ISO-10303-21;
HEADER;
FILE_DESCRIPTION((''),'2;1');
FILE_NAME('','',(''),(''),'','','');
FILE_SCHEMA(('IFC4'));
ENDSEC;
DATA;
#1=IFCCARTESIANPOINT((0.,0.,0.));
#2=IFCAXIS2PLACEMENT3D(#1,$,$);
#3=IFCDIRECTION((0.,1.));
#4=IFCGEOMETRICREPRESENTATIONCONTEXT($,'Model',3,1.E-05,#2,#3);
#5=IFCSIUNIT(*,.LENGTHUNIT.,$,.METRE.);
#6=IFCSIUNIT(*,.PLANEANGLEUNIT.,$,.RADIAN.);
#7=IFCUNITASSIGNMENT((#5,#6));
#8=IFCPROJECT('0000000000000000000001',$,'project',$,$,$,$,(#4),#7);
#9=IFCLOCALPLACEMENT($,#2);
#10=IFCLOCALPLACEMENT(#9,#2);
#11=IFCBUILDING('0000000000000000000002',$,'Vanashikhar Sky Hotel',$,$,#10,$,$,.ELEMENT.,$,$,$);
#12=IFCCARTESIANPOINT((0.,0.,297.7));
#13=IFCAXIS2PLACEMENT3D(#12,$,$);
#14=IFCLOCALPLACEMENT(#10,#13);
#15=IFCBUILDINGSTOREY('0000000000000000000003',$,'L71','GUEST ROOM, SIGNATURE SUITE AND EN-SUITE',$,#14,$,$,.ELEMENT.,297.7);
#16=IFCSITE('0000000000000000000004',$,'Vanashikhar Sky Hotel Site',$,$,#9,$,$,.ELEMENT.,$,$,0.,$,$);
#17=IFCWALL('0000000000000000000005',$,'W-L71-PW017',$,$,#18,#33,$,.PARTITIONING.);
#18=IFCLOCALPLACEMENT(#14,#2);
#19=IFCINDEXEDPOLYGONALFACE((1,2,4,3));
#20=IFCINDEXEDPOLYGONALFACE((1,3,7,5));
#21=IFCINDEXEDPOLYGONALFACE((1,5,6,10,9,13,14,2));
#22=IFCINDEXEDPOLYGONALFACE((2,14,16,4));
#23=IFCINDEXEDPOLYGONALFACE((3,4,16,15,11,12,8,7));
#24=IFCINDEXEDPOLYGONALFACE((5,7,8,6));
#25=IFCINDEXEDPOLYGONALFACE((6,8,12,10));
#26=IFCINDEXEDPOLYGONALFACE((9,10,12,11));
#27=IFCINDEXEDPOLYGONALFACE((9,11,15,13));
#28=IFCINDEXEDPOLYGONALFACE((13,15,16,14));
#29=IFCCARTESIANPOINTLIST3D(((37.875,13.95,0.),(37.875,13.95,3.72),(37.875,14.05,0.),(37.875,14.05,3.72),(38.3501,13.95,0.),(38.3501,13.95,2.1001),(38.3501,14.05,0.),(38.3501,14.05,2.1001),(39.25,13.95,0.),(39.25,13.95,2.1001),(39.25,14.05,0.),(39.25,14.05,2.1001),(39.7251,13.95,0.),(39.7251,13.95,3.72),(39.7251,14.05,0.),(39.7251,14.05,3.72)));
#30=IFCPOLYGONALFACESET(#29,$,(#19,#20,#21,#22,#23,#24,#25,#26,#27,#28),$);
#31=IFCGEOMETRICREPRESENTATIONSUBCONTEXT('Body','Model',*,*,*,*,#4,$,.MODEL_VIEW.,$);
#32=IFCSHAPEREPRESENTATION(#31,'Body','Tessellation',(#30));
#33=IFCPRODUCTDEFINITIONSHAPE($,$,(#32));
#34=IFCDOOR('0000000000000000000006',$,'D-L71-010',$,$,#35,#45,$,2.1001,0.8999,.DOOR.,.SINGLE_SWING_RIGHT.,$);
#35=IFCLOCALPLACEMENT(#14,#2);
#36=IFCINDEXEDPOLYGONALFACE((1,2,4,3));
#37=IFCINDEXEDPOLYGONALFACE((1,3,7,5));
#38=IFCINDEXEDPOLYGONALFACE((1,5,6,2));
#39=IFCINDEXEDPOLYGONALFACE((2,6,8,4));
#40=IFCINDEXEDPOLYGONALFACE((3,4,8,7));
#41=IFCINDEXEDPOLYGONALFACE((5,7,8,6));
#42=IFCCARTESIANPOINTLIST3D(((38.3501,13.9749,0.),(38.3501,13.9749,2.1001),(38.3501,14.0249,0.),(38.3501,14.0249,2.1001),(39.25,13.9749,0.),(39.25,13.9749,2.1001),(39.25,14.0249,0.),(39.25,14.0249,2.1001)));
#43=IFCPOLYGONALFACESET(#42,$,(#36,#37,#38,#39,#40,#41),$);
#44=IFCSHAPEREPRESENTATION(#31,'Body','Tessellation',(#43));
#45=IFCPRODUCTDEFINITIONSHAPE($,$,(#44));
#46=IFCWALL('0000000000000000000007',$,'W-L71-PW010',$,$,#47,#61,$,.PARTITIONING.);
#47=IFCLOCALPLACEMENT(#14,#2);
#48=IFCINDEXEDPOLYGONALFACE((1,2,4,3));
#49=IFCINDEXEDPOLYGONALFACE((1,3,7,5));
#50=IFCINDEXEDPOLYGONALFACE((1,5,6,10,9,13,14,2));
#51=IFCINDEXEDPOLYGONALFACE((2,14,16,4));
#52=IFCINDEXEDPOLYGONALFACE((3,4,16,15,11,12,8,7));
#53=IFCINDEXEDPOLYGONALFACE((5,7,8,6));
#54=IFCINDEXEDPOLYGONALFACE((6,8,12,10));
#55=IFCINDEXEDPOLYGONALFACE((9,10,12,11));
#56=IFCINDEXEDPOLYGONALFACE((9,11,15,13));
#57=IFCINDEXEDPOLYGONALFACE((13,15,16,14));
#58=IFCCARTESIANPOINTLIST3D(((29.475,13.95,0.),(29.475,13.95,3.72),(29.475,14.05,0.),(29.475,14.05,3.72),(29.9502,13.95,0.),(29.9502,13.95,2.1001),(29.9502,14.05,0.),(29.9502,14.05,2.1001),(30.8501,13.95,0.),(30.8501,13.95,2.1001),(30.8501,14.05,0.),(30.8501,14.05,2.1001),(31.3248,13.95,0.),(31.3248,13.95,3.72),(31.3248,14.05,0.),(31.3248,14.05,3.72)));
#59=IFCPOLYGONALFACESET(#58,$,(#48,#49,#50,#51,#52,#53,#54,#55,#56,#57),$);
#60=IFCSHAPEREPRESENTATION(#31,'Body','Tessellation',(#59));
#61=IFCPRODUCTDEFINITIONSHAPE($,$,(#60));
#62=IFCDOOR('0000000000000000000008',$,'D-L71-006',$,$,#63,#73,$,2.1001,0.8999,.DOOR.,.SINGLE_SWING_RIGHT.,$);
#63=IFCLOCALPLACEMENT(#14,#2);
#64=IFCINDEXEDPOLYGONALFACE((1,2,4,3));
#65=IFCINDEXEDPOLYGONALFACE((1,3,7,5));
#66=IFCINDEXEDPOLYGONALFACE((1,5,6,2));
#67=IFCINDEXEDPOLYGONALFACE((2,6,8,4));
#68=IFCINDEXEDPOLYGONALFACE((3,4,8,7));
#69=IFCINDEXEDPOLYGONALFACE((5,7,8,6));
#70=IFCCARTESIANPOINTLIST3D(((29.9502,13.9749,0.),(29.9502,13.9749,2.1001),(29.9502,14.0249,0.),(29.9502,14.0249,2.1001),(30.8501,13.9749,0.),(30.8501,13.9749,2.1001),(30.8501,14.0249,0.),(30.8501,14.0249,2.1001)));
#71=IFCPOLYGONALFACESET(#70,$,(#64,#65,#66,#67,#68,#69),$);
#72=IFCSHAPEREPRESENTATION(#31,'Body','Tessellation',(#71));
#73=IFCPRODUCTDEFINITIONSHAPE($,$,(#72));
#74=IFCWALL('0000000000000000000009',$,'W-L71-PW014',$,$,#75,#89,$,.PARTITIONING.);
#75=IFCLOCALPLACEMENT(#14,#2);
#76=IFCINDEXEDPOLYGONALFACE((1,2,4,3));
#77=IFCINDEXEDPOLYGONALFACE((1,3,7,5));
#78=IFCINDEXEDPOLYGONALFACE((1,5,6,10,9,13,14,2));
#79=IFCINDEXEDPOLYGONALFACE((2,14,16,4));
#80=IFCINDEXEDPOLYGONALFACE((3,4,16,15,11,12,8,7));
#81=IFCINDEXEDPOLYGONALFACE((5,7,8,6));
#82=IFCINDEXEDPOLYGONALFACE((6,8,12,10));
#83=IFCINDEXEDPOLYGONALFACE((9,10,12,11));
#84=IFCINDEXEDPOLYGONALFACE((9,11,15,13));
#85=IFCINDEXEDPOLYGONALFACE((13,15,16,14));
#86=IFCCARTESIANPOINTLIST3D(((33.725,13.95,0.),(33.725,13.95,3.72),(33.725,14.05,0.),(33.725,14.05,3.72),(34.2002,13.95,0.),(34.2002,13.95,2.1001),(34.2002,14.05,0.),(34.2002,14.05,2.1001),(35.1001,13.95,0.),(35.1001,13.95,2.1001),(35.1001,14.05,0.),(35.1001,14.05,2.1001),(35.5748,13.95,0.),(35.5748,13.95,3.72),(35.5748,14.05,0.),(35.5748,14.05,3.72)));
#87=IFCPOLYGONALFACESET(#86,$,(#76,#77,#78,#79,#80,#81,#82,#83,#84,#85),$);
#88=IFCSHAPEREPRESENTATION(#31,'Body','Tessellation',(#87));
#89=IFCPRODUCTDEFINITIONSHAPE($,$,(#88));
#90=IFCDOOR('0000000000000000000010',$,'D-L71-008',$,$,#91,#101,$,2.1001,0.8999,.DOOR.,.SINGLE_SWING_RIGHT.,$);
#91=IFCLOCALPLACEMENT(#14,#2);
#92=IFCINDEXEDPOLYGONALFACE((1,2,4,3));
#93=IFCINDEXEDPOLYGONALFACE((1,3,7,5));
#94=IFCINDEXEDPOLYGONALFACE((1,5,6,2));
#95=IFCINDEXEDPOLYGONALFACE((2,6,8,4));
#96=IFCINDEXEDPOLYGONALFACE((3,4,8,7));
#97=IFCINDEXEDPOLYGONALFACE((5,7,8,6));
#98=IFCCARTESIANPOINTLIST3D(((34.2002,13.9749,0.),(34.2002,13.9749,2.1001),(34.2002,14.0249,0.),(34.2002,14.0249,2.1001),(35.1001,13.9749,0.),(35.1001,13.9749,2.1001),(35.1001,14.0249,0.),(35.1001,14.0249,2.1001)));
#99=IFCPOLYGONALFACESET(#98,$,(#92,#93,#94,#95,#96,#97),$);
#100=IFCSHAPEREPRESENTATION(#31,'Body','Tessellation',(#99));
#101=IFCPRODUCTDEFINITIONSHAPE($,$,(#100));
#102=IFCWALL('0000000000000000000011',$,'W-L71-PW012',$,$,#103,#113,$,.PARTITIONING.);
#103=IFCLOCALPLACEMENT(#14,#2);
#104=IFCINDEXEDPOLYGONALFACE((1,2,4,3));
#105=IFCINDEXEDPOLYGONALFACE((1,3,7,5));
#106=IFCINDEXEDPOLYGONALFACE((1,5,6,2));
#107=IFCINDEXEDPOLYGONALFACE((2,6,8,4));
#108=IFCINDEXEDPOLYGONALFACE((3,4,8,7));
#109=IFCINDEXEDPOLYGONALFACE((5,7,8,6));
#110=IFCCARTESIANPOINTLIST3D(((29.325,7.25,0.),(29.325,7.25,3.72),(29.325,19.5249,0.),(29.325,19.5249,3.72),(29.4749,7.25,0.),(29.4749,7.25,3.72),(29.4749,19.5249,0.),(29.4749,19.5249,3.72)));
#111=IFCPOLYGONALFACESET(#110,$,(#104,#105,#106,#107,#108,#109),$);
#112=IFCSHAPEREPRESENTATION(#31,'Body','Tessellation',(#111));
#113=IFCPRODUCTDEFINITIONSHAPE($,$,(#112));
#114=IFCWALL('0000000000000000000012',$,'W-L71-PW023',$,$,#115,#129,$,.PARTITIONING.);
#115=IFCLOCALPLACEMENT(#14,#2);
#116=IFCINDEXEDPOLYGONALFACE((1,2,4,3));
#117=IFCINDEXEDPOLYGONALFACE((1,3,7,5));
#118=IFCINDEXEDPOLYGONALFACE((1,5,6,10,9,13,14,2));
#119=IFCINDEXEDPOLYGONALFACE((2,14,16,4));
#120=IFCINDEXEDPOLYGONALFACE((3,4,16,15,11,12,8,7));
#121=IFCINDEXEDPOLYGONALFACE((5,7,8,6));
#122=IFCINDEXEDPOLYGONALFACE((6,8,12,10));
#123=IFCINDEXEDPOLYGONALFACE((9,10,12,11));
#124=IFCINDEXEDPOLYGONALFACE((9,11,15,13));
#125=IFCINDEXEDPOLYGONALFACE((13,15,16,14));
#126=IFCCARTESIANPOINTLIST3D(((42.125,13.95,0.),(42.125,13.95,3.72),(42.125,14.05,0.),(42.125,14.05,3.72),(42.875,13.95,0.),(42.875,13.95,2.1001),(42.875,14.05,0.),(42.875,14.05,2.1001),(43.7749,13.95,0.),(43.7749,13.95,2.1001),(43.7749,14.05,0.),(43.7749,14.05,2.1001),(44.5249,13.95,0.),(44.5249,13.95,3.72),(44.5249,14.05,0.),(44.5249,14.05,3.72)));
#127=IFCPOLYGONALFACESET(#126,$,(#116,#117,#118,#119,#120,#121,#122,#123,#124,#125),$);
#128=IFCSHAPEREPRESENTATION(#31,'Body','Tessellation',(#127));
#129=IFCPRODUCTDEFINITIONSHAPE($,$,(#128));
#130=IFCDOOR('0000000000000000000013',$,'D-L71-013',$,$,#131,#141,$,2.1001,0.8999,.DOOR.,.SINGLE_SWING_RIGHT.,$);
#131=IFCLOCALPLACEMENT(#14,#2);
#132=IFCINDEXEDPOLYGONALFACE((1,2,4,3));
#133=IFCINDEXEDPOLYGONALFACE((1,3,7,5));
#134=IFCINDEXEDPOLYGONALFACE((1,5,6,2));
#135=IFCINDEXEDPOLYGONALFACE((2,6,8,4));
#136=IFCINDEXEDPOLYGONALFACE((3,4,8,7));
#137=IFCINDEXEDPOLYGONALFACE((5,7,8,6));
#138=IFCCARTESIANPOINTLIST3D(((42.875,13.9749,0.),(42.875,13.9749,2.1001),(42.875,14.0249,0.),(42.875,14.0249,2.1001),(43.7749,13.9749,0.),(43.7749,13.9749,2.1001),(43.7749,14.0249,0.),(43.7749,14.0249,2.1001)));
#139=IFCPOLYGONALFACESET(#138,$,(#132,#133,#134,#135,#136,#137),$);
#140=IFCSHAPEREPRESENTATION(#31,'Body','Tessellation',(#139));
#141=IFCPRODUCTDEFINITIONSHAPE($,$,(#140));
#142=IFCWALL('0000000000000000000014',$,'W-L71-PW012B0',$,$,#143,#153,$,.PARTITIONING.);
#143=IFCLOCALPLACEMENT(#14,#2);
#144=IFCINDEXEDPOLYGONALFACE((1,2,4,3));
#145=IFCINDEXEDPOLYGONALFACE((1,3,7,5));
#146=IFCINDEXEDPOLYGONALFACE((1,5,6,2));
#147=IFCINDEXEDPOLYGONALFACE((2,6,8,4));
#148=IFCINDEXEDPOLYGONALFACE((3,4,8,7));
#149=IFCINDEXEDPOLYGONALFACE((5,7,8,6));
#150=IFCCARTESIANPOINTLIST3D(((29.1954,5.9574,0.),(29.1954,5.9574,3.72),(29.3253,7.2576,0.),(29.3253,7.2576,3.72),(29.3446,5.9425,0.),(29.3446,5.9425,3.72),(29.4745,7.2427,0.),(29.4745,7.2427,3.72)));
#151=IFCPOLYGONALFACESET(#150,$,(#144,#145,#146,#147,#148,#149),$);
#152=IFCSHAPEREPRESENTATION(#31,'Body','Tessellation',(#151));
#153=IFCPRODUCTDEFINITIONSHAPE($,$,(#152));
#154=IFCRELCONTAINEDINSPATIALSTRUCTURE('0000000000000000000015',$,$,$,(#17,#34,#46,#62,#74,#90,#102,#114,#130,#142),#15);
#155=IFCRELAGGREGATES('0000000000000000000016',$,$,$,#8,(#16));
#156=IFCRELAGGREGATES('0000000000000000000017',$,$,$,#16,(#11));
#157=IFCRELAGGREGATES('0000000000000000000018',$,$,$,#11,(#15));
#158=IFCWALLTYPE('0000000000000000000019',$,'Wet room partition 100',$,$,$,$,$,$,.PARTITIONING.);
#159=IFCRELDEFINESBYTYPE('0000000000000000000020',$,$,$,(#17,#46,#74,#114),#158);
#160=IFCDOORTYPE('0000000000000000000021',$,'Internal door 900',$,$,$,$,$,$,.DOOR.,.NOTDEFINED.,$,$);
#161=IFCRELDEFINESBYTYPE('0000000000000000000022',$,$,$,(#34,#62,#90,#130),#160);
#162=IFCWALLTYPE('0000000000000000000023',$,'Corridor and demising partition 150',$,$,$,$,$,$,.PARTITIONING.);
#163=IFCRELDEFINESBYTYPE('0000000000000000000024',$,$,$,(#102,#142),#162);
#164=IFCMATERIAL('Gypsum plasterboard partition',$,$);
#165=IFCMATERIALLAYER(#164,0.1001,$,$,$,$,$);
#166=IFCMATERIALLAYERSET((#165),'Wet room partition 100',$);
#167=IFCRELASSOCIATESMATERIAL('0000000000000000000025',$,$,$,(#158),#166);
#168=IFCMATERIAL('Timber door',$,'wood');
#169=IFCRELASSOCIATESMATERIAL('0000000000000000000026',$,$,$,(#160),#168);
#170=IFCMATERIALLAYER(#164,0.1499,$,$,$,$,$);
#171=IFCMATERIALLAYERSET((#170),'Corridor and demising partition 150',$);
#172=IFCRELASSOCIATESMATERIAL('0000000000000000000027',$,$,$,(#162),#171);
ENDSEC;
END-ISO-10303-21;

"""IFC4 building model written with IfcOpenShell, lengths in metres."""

from ifc_helpers import new_model, si_unit, direction, frame, frame_2d, origin, place, context, subcontext, project, spatial, rectangle, extrude, source, transform, mapped, material, layer, layer_set, type_object, element, fill, save


model = new_model("IFC4")

# Units and contexts
model_context = context("Model", 3, precision=1e-05, world=origin(), true_north=direction((0.0, 1.0)))
body_context = subcontext(model_context, "Body", "Model", "MODEL_VIEW")
ifc_project = project(units=[si_unit("LENGTHUNIT", "METRE"), si_unit("PLANEANGLEUNIT", "RADIAN")], contexts=[model_context])

# Site, building, storey
site_placement = place(None, origin())
site = spatial("IfcSite", under=ifc_project, at=site_placement, Name="Vanashikhar Sky Hotel Site", CompositionType="ELEMENT", RefElevation=0.0)
building_placement = place(site_placement, origin())
building = spatial("IfcBuilding", under=site, at=building_placement, Name="Vanashikhar Sky Hotel", CompositionType="ELEMENT")
storey_placement = place(building_placement, frame((0.0, 0.0, 297.7)))
storey = spatial("IfcBuildingStorey", under=building, at=storey_placement, Name="L71", Description="GUEST ROOM, SIGNATURE SUITE AND EN-SUITE", CompositionType="ELEMENT", Elevation=297.7)

# Shared definitions
ifc_material_1 = material(Name="Gypsum plasterboard partition")
ifc_layer_1 = layer(ifc_material_1, 0.1001)
ifc_layer_set_1 = layer_set([ifc_layer_1], Name="Wet room partition 100")
wall_type_1 = type_object("IfcWallType", Name="Wet room partition 100", PredefinedType="PARTITIONING", material=ifc_layer_set_1)

# Walls, openings, doors
shared_shape_1 = source(origin(), body_context, "Body", "SweptSolid", [
    extrude(rectangle(XDim=1.8501, YDim=0.1001, at=frame_2d((0.925, 0.0))), origin(), (0.0, 0.0, 1.0), 3.72),
])
shared_shape_2 = source(origin(), body_context, "Body", "SweptSolid", [
    extrude(rectangle(XDim=0.8999, YDim=2.1001, at=frame_2d((0.45, 1.05))), frame((0.0, 0.0601, 0.0), z_axis=(0.0, -1.0, 0.0), x_axis=(1.0, 0.0, 0.0)), (0.0, 0.0, 1.0), 0.1201),
])
ifc_material_2 = material(Name="Timber door", Category="wood")
door_type_1 = type_object("IfcDoorType", Name="Internal door 900", OperationType="NOTDEFINED", PredefinedType="DOOR", material=ifc_material_2)
shared_shape_3 = source(origin(), body_context, "Body", "SweptSolid", [
    extrude(rectangle(XDim=0.8999, YDim=2.1001, at=frame_2d((0.45, 1.05))), frame((0.0, 0.0249, 0.0), z_axis=(0.0, -1.0, 0.0), x_axis=(1.0, 0.0, 0.0)), (0.0, 0.0, 1.0), 0.05),
])
wall_1_placement = place(storey_placement, frame((37.875, 14.0, 0.0), z_axis=(0.0, 0.0, 1.0), x_axis=(1.0, 0.0, 0.0)))
wall_1 = element("IfcWall", 1, at=wall_1_placement, inside=storey, type_object=wall_type_1, Name="W-L71-PW017", PredefinedType="PARTITIONING", context=body_context, shape_type="MappedRepresentation", body=[
    mapped(shared_shape_1, transform((0.0, 0.0, 0.0), scale=1.0)),
])
opening_1_placement = place(wall_1_placement, frame((0.4751, 0.0, 0.0)))
opening_1 = element("IfcOpeningElement", 2, at=opening_1_placement, cuts=wall_1, PredefinedType="OPENING", context=body_context, shape_type="MappedRepresentation", body=[
    mapped(shared_shape_2, transform((0.0, 0.0, 0.0), scale=1.0)),
])
door_1_placement = place(opening_1_placement, origin())
door_1 = element("IfcDoor", 3, at=door_1_placement, inside=storey, type_object=door_type_1, Name="D-L71-010", OperationType="SINGLE_SWING_RIGHT", OverallHeight=2.1001, OverallWidth=0.8999, PredefinedType="DOOR", context=body_context, shape_type="MappedRepresentation", body=[
    mapped(shared_shape_3, transform((0.0, 0.0, 0.0), scale=1.0)),
])
fill(opening_1, door_1)
shared_shape_4 = source(origin(), body_context, "Body", "SweptSolid", [
    extrude(rectangle(XDim=1.8499, YDim=0.1001, at=frame_2d((0.9248, 0.0))), origin(), (0.0, 0.0, 1.0), 3.72),
])
wall_2_placement = place(storey_placement, frame((29.4751, 14.0, 0.0), z_axis=(0.0, 0.0, 1.0), x_axis=(1.0, 0.0, 0.0)))
wall_2 = element("IfcWall", 4, at=wall_2_placement, inside=storey, type_object=wall_type_1, Name="W-L71-PW010", PredefinedType="PARTITIONING", context=body_context, shape_type="MappedRepresentation", body=[
    mapped(shared_shape_4, transform((0.0, 0.0, 0.0), scale=1.0)),
])
opening_2_placement = place(wall_2_placement, frame((0.4751, 0.0, 0.0)))
opening_2 = element("IfcOpeningElement", 5, at=opening_2_placement, cuts=wall_2, PredefinedType="OPENING", context=body_context, shape_type="MappedRepresentation", body=[
    mapped(shared_shape_2, transform((0.0, 0.0, 0.0), scale=1.0)),
])
door_2_placement = place(opening_2_placement, origin())
door_2 = element("IfcDoor", 6, at=door_2_placement, inside=storey, type_object=door_type_1, Name="D-L71-006", OperationType="SINGLE_SWING_RIGHT", OverallHeight=2.1001, OverallWidth=0.8999, PredefinedType="DOOR", context=body_context, shape_type="MappedRepresentation", body=[
    mapped(shared_shape_3, transform((0.0, 0.0, 0.0), scale=1.0)),
])
fill(opening_2, door_2)
wall_3_placement = place(storey_placement, frame((33.7251, 14.0, 0.0), z_axis=(0.0, 0.0, 1.0), x_axis=(1.0, 0.0, 0.0)))
wall_3 = element("IfcWall", 7, at=wall_3_placement, inside=storey, type_object=wall_type_1, Name="W-L71-PW014", PredefinedType="PARTITIONING", context=body_context, shape_type="MappedRepresentation", body=[
    mapped(shared_shape_4, transform((0.0, 0.0, 0.0), scale=1.0)),
])
opening_3_placement = place(wall_3_placement, frame((0.4751, 0.0, 0.0)))
opening_3 = element("IfcOpeningElement", 8, at=opening_3_placement, cuts=wall_3, PredefinedType="OPENING", context=body_context, shape_type="MappedRepresentation", body=[
    mapped(shared_shape_2, transform((0.0, 0.0, 0.0), scale=1.0)),
])
door_3_placement = place(opening_3_placement, origin())
door_3 = element("IfcDoor", 9, at=door_3_placement, inside=storey, type_object=door_type_1, Name="D-L71-008", OperationType="SINGLE_SWING_RIGHT", OverallHeight=2.1001, OverallWidth=0.8999, PredefinedType="DOOR", context=body_context, shape_type="MappedRepresentation", body=[
    mapped(shared_shape_3, transform((0.0, 0.0, 0.0), scale=1.0)),
])
fill(opening_3, door_3)

# Wall
ifc_layer_2 = layer(ifc_material_1, 0.1499)
ifc_layer_set_2 = layer_set([ifc_layer_2], Name="Corridor and demising partition 150")
wall_type_2 = type_object("IfcWallType", Name="Corridor and demising partition 150", PredefinedType="PARTITIONING", material=ifc_layer_set_2)
shared_shape_5 = source(origin(), body_context, "Body", "SweptSolid", [
    extrude(rectangle(XDim=12.2749, YDim=0.1499, at=frame_2d((6.1375, 0.0))), origin(), (0.0, 0.0, 1.0), 3.72),
])
wall_4_placement = place(storey_placement, frame((29.3999, 7.25, 0.0), z_axis=(0.0, 0.0, 1.0), x_axis=(0.0, 1.0, 0.0)))
element("IfcWall", 10, at=wall_4_placement, inside=storey, type_object=wall_type_2, Name="W-L71-PW012", PredefinedType="PARTITIONING", context=body_context, shape_type="MappedRepresentation", body=[
    mapped(shared_shape_5, transform((0.0, 0.0, 0.0), scale=1.0)),
])

# Wall, opening, door
shared_shape_6 = source(origin(), body_context, "Body", "SweptSolid", [
    extrude(rectangle(XDim=2.3999, YDim=0.1001, at=frame_2d((1.2, 0.0))), origin(), (0.0, 0.0, 1.0), 3.72),
])
wall_5_placement = place(storey_placement, frame((42.125, 14.0, 0.0), z_axis=(0.0, 0.0, 1.0), x_axis=(1.0, 0.0, 0.0)))
wall_5 = element("IfcWall", 11, at=wall_5_placement, inside=storey, type_object=wall_type_1, Name="W-L71-PW023", PredefinedType="PARTITIONING", context=body_context, shape_type="MappedRepresentation", body=[
    mapped(shared_shape_6, transform((0.0, 0.0, 0.0), scale=1.0)),
])
opening_4_placement = place(wall_5_placement, frame((0.75, 0.0, 0.0)))
opening_4 = element("IfcOpeningElement", 12, at=opening_4_placement, cuts=wall_5, PredefinedType="OPENING", context=body_context, shape_type="MappedRepresentation", body=[
    mapped(shared_shape_2, transform((0.0, 0.0, 0.0), scale=1.0)),
])
door_4_placement = place(opening_4_placement, origin())
door_4 = element("IfcDoor", 13, at=door_4_placement, inside=storey, type_object=door_type_1, Name="D-L71-013", OperationType="SINGLE_SWING_RIGHT", OverallHeight=2.1001, OverallWidth=0.8999, PredefinedType="DOOR", context=body_context, shape_type="MappedRepresentation", body=[
    mapped(shared_shape_3, transform((0.0, 0.0, 0.0), scale=1.0)),
])
fill(opening_4, door_4)

# Wall
shared_shape_7 = source(origin(), body_context, "Body", "SweptSolid", [
    extrude(rectangle(XDim=1.3066, YDim=0.1499, at=frame_2d((0.6533, 0.0))), origin(), (0.0, 0.0, 1.0), 3.72),
])
wall_6_placement = place(storey_placement, frame((29.27, 5.95, 0.0), z_axis=(0.0, 0.0, 1.0), x_axis=(0.099411, 0.995046, 0.0)))
element("IfcWall", 14, at=wall_6_placement, inside=storey, type_object=wall_type_2, Name="W-L71-PW012B0", PredefinedType="PARTITIONING", context=body_context, shape_type="MappedRepresentation", body=[
    mapped(shared_shape_7, transform((0.0, 0.0, 0.0), scale=1.0)),
])

save(model, "model.ifc")
